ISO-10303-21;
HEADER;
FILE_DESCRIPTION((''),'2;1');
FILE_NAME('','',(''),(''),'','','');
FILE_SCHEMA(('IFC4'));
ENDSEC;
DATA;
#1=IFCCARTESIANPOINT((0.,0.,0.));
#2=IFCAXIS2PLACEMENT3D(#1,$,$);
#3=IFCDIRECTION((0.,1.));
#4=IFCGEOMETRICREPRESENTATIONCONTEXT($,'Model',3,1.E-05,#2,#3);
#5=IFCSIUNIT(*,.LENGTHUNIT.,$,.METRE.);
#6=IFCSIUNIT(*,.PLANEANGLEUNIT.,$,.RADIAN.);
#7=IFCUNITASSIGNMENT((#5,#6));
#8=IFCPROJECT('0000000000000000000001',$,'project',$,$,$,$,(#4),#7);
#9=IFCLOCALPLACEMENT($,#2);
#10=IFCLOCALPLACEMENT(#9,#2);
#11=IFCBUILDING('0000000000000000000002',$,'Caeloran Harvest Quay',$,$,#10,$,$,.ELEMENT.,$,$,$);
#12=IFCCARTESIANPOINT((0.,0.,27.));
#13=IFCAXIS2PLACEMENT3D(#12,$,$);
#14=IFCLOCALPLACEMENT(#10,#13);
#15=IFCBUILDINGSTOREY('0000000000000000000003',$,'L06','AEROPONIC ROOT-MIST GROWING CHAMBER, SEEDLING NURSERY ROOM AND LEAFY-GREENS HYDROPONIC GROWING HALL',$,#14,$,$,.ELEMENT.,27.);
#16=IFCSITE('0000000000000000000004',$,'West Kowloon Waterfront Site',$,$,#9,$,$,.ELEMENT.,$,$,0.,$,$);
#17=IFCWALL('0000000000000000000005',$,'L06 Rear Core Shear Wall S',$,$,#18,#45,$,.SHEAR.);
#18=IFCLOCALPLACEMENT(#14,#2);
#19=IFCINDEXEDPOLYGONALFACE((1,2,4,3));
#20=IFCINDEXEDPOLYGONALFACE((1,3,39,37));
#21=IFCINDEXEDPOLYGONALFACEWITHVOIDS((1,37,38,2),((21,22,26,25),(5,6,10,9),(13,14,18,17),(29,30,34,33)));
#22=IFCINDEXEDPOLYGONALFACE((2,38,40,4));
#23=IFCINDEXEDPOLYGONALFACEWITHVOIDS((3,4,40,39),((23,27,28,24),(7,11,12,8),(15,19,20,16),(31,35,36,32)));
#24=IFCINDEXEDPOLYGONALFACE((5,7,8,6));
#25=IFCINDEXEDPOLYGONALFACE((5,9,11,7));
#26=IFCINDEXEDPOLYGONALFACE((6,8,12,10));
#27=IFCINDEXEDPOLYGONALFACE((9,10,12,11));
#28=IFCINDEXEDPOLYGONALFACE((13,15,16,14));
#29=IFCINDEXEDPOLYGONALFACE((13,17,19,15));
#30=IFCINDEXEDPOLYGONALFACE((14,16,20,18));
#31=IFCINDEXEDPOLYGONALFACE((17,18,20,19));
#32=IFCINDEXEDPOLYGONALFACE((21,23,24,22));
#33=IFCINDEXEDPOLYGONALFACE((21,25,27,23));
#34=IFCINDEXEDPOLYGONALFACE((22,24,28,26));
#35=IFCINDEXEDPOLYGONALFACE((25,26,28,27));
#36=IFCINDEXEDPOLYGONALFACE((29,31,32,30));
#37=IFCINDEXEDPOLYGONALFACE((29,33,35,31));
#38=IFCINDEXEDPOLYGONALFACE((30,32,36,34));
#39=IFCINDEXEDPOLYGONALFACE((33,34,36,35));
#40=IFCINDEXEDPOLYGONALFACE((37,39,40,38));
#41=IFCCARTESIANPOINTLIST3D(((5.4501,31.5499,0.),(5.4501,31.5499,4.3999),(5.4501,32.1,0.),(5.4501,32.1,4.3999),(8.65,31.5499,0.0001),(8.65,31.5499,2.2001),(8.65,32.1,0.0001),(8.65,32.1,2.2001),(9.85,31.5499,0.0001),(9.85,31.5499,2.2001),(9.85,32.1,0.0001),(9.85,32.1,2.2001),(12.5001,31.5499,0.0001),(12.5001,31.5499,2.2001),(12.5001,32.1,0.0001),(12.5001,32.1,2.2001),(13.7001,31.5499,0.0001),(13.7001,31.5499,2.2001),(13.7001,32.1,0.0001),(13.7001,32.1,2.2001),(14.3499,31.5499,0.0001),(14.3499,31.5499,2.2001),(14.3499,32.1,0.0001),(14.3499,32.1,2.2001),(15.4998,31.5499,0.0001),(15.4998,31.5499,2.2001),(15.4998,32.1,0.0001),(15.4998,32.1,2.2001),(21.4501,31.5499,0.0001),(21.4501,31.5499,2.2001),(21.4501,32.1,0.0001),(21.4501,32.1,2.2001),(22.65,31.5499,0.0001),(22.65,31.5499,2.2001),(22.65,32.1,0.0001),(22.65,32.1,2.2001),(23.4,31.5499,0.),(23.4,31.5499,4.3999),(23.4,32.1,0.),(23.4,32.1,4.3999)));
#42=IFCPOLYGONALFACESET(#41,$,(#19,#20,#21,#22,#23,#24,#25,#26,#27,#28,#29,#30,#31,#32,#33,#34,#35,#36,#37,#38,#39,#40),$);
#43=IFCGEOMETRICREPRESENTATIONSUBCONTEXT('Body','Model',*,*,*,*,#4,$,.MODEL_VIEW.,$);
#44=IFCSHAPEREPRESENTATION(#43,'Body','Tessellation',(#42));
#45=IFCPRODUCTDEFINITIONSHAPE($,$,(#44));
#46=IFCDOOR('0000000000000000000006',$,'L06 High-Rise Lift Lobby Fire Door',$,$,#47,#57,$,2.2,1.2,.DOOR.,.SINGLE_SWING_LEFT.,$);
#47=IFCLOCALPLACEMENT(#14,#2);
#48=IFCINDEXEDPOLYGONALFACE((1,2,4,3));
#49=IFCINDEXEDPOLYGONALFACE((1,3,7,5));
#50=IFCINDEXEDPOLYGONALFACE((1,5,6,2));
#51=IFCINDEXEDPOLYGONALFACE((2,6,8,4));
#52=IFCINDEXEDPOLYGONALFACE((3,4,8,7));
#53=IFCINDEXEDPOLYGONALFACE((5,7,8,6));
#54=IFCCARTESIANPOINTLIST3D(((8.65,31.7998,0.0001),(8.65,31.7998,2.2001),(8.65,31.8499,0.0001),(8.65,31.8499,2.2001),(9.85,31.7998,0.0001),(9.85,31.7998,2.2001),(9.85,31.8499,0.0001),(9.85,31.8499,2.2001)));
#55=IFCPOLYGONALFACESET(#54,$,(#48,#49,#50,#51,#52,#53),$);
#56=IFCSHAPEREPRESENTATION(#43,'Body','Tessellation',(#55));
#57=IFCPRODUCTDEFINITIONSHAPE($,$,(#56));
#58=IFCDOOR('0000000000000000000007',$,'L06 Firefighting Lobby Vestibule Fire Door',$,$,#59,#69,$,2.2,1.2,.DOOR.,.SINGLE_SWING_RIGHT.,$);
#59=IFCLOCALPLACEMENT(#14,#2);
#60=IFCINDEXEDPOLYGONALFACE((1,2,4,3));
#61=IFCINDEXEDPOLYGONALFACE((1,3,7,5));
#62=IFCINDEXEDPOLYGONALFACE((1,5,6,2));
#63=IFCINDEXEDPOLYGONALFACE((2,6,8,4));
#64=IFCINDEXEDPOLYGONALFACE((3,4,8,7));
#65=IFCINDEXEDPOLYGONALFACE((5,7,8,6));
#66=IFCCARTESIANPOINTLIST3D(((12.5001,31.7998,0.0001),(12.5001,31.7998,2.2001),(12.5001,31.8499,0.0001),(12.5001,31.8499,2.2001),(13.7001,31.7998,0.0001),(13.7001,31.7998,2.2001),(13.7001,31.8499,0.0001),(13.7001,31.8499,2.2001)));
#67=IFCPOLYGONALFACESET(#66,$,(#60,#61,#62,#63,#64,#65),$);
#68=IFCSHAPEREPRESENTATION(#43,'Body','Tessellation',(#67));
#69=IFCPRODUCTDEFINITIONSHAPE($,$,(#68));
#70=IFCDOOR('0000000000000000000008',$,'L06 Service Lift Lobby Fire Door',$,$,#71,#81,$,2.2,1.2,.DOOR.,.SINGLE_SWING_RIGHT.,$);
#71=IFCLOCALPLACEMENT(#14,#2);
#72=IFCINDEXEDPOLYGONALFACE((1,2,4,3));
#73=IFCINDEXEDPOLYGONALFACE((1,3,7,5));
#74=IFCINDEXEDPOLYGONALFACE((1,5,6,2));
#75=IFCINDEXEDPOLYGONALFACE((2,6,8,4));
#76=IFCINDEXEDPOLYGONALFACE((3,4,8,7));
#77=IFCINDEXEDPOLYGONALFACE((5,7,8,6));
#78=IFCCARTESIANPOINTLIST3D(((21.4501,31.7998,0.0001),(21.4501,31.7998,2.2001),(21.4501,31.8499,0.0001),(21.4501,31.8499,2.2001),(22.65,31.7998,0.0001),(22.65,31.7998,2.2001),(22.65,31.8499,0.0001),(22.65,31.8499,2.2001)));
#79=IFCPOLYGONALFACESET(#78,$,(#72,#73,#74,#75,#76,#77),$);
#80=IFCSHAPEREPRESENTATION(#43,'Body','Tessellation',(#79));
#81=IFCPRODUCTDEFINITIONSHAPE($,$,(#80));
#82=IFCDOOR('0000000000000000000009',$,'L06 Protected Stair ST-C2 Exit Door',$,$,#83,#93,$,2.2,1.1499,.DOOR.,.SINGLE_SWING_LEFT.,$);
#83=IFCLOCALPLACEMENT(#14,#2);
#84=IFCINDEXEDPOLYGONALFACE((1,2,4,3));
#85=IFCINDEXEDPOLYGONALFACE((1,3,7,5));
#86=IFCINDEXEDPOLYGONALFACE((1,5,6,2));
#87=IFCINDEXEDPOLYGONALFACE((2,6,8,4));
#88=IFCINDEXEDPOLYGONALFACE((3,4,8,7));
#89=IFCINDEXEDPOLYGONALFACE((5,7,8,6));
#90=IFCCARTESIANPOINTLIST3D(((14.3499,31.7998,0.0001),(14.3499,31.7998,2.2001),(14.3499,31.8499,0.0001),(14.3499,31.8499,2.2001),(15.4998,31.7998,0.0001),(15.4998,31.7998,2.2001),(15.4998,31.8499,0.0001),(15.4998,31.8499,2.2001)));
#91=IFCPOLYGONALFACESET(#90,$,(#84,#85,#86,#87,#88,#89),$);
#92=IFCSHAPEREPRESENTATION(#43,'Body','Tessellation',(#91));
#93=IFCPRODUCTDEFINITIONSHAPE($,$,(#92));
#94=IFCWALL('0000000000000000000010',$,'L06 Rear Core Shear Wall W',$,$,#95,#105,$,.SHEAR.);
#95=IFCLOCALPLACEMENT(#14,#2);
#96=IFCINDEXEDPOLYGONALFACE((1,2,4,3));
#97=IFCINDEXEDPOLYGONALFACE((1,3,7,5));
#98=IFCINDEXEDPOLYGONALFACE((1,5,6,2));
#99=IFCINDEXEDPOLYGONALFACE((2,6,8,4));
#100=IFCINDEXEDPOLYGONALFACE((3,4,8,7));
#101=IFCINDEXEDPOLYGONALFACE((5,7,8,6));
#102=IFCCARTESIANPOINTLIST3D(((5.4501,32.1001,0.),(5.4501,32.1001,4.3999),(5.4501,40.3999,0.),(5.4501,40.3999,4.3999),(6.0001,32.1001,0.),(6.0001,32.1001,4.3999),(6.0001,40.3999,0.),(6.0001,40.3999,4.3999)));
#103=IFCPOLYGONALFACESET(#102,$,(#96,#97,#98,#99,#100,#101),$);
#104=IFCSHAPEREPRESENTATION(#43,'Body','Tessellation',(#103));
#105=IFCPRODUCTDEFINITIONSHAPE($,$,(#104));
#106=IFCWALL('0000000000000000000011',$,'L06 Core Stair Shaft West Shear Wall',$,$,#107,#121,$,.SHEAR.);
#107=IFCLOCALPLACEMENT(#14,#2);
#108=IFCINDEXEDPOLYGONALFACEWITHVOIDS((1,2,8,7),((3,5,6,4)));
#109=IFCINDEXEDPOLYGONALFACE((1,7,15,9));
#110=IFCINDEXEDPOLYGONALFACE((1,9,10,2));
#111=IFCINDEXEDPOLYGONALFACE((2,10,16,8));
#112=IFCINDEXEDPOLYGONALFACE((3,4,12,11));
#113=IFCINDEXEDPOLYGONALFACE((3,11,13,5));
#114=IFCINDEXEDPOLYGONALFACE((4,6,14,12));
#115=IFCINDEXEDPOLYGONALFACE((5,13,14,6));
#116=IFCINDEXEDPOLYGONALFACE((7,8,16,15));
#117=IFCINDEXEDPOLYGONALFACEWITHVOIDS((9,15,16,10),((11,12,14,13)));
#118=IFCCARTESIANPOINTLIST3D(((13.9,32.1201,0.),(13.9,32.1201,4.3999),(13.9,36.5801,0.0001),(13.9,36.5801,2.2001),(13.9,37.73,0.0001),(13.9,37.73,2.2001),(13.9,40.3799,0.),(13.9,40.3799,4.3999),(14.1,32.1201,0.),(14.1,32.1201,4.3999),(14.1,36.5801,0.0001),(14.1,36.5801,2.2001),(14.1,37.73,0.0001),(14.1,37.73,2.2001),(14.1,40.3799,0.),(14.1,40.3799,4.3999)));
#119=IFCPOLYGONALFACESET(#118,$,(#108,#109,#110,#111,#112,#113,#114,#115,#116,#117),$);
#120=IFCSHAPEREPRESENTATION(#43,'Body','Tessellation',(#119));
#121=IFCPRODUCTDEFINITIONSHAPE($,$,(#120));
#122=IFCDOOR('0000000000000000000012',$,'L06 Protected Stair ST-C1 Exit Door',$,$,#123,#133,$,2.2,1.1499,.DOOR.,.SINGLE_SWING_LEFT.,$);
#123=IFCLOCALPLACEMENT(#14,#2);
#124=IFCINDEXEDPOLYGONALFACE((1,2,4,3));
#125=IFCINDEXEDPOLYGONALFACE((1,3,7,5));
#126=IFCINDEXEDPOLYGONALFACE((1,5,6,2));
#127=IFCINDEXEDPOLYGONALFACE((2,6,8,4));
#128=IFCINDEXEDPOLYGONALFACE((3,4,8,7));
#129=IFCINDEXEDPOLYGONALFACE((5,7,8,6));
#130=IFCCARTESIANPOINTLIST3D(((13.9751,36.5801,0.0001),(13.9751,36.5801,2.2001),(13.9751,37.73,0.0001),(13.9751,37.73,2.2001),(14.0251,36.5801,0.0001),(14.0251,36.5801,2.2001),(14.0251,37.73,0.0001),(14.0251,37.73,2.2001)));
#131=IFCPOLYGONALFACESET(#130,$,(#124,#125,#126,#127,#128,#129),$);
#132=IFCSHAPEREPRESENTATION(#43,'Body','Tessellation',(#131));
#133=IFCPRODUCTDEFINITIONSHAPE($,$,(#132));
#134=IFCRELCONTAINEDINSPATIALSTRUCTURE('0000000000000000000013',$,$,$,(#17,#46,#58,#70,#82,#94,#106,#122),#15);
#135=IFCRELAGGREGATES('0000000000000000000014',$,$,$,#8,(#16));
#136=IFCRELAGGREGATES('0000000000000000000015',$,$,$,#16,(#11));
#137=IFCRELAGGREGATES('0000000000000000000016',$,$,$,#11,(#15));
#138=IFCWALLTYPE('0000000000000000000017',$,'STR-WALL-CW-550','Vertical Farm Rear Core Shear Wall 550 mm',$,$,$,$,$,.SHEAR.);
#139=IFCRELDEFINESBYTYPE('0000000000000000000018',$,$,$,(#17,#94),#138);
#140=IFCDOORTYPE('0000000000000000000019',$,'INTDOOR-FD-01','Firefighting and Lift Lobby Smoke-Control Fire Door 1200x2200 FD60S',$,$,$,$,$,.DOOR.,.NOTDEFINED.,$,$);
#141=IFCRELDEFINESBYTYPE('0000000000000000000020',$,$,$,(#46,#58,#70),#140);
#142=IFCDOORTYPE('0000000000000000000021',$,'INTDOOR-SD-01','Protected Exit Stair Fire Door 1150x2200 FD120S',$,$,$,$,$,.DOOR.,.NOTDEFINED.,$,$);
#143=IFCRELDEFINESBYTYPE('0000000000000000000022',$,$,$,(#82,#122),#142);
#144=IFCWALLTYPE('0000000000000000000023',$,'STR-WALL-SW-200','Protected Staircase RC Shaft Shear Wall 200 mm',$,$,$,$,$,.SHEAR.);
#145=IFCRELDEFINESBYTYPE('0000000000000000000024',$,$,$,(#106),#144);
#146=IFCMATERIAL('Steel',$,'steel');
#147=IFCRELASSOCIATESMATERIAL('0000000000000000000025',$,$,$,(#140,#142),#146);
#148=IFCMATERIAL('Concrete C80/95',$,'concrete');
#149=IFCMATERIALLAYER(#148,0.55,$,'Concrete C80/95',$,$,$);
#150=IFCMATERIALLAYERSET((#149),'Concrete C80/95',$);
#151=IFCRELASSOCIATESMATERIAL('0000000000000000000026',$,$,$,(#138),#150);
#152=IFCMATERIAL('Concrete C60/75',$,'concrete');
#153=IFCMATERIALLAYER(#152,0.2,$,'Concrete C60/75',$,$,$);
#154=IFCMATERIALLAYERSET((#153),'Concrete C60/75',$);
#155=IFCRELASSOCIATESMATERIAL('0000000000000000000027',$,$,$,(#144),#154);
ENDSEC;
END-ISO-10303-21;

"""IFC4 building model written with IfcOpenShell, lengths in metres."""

from ifc_helpers import new_model, si_unit, direction, frame, frame_2d, origin, place, context, subcontext, project, spatial, rectangle, extrude, material, layer, layer_set, type_object, element, fill, save


model = new_model("IFC4")

# Units and contexts
model_context = context("Model", 3, precision=1e-05, world=origin(), true_north=direction((0.0, 1.0)))
body_context = subcontext(model_context, "Body", "Model", "MODEL_VIEW")
ifc_project = project(units=[si_unit("LENGTHUNIT", "METRE"), si_unit("PLANEANGLEUNIT", "RADIAN")], contexts=[model_context])

# Site, building, storey
site_placement = place(None, origin())
site = spatial("IfcSite", under=ifc_project, at=site_placement, Name="West Kowloon Waterfront Site", CompositionType="ELEMENT", RefElevation=0.0)
building_placement = place(site_placement, origin())
building = spatial("IfcBuilding", under=site, at=building_placement, Name="Caeloran Harvest Quay", CompositionType="ELEMENT")
storey_placement = place(building_placement, frame((0.0, 0.0, 27.0)))
storey = spatial("IfcBuildingStorey", under=building, at=storey_placement, Name="L06", Description="AEROPONIC ROOT-MIST GROWING CHAMBER, SEEDLING NURSERY ROOM AND LEAFY-GREENS HYDROPONIC GROWING HALL", CompositionType="ELEMENT", Elevation=27.0)

# Shared definitions
ifc_material_1 = material(Name="Concrete C80/95", Category="concrete")

# Shared definitions
ifc_material_2 = material(Name="Steel", Category="steel")
door_type_1 = type_object("IfcDoorType", Name="INTDOOR-FD-01", Description="Firefighting and Lift Lobby Smoke-Control Fire Door 1200x2200 FD60S", OperationType="NOTDEFINED", PredefinedType="DOOR", material=ifc_material_2)

# Wall, openings, doors
ifc_layer_1 = layer(ifc_material_1, 0.55, Name="Concrete C80/95")
ifc_layer_set_1 = layer_set([ifc_layer_1], Name="Concrete C80/95")
wall_type_1 = type_object("IfcWallType", Name="STR-WALL-CW-550", Description="Vertical Farm Rear Core Shear Wall 550 mm", PredefinedType="SHEAR", material=ifc_layer_set_1)
wall_1_placement = place(storey_placement, frame((5.45, 31.825, 0.0), z_axis=(0.0, 0.0, 1.0), x_axis=(1.0, 0.0, 0.0)))
wall_1 = element("IfcWall", 1, at=wall_1_placement, inside=storey, type_object=wall_type_1, Name="L06 Rear Core Shear Wall S", PredefinedType="SHEAR", context=body_context, shape_type="SweptSolid", body=[
    extrude(rectangle(XDim=17.95, YDim=0.55, at=frame_2d((8.9751, 0.0))), origin(), (0.0, 0.0, 1.0), 4.3999),
])
opening_1_placement = place(wall_1_placement, frame((3.2, 0.0, 0.0)))
opening_1 = element("IfcOpeningElement", 2, at=opening_1_placement, cuts=wall_1, PredefinedType="OPENING", context=body_context, shape_type="SweptSolid", body=[
    extrude(rectangle(XDim=1.2, YDim=2.2, at=frame_2d((0.6001, 1.1001))), frame((0.0, 0.2852, 0.0), z_axis=(0.0, -1.0, 0.0), x_axis=(1.0, 0.0, 0.0)), (0.0, 0.0, 1.0), 0.5701),
])
opening_2_placement = place(wall_1_placement, frame((7.05, 0.0, 0.0)))
opening_2 = element("IfcOpeningElement", 3, at=opening_2_placement, cuts=wall_1, PredefinedType="OPENING", context=body_context, shape_type="SweptSolid", body=[
    extrude(rectangle(XDim=1.2, YDim=2.2, at=frame_2d((0.6001, 1.1001))), frame((0.0, 0.2852, 0.0), z_axis=(0.0, -1.0, 0.0), x_axis=(1.0, 0.0, 0.0)), (0.0, 0.0, 1.0), 0.5701),
])
opening_3_placement = place(wall_1_placement, frame((8.8999, 0.0, 0.0)))
opening_3 = element("IfcOpeningElement", 4, at=opening_3_placement, cuts=wall_1, PredefinedType="OPENING", context=body_context, shape_type="SweptSolid", body=[
    extrude(rectangle(XDim=1.1499, YDim=2.2, at=frame_2d((0.575, 1.1001))), frame((0.0, 0.2852, 0.0), z_axis=(0.0, -1.0, 0.0), x_axis=(1.0, 0.0, 0.0)), (0.0, 0.0, 1.0), 0.5701),
])
opening_4_placement = place(wall_1_placement, frame((16.0, 0.0, 0.0)))
opening_4 = element("IfcOpeningElement", 5, at=opening_4_placement, cuts=wall_1, PredefinedType="OPENING", context=body_context, shape_type="SweptSolid", body=[
    extrude(rectangle(XDim=1.2, YDim=2.2, at=frame_2d((0.6001, 1.1001))), frame((0.0, 0.2852, 0.0), z_axis=(0.0, -1.0, 0.0), x_axis=(1.0, 0.0, 0.0)), (0.0, 0.0, 1.0), 0.5701),
])
door_1_placement = place(opening_1_placement, origin())
door_1 = element("IfcDoor", 6, at=door_1_placement, inside=storey, type_object=door_type_1, Name="L06 High-Rise Lift Lobby Fire Door", OperationType="SINGLE_SWING_LEFT", OverallHeight=2.2, OverallWidth=1.2, PredefinedType="DOOR", context=body_context, shape_type="SweptSolid", body=[
    extrude(rectangle(XDim=1.2, YDim=2.2, at=frame_2d((0.6001, 1.1001))), frame((0.0, 0.0249, 0.0), z_axis=(0.0, -1.0, 0.0), x_axis=(1.0, 0.0, 0.0)), (0.0, 0.0, 1.0), 0.05),
])
fill(opening_1, door_1)
door_2_placement = place(opening_2_placement, origin())
door_2 = element("IfcDoor", 7, at=door_2_placement, inside=storey, type_object=door_type_1, Name="L06 Firefighting Lobby Vestibule Fire Door", OperationType="SINGLE_SWING_RIGHT", OverallHeight=2.2, OverallWidth=1.2, PredefinedType="DOOR", context=body_context, shape_type="SweptSolid", body=[
    extrude(rectangle(XDim=1.2, YDim=2.2, at=frame_2d((0.6001, 1.1001))), frame((0.0, 0.0249, 0.0), z_axis=(0.0, -1.0, 0.0), x_axis=(1.0, 0.0, 0.0)), (0.0, 0.0, 1.0), 0.05),
])
fill(opening_2, door_2)
door_3_placement = place(opening_4_placement, origin())
door_3 = element("IfcDoor", 8, at=door_3_placement, inside=storey, type_object=door_type_1, Name="L06 Service Lift Lobby Fire Door", OperationType="SINGLE_SWING_RIGHT", OverallHeight=2.2, OverallWidth=1.2, PredefinedType="DOOR", context=body_context, shape_type="SweptSolid", body=[
    extrude(rectangle(XDim=1.2, YDim=2.2, at=frame_2d((0.6001, 1.1001))), frame((0.0, 0.0249, 0.0), z_axis=(0.0, -1.0, 0.0), x_axis=(1.0, 0.0, 0.0)), (0.0, 0.0, 1.0), 0.05),
])
fill(opening_4, door_3)
door_type_2 = type_object("IfcDoorType", Name="INTDOOR-SD-01", Description="Protected Exit Stair Fire Door 1150x2200 FD120S", OperationType="NOTDEFINED", PredefinedType="DOOR", material=ifc_material_2)
door_4_placement = place(opening_3_placement, origin())
door_4 = element("IfcDoor", 9, at=door_4_placement, inside=storey, type_object=door_type_2, Name="L06 Protected Stair ST-C2 Exit Door", OperationType="SINGLE_SWING_LEFT", OverallHeight=2.2, OverallWidth=1.1499, PredefinedType="DOOR", context=body_context, shape_type="SweptSolid", body=[
    extrude(rectangle(XDim=1.1499, YDim=2.2, at=frame_2d((0.575, 1.1001))), frame((0.0, 0.0249, 0.0), z_axis=(0.0, -1.0, 0.0), x_axis=(1.0, 0.0, 0.0)), (0.0, 0.0, 1.0), 0.05),
])
fill(opening_3, door_4)

# Wall
wall_2_placement = place(storey_placement, frame((5.7251, 32.1001, 0.0), z_axis=(0.0, 0.0, 1.0), x_axis=(0.0, 1.0, 0.0)))
element("IfcWall", 10, at=wall_2_placement, inside=storey, type_object=wall_type_1, Name="L06 Rear Core Shear Wall W", PredefinedType="SHEAR", context=body_context, shape_type="SweptSolid", body=[
    extrude(rectangle(XDim=8.2998, YDim=0.55, at=frame_2d((4.1499, 0.0))), origin(), (0.0, 0.0, 1.0), 4.3999),
])

# Wall, opening, door
ifc_material_3 = material(Name="Concrete C60/75", Category="concrete")
ifc_layer_2 = layer(ifc_material_3, 0.2, Name="Concrete C60/75")
ifc_layer_set_2 = layer_set([ifc_layer_2], Name="Concrete C60/75")
wall_type_2 = type_object("IfcWallType", Name="STR-WALL-SW-200", Description="Protected Staircase RC Shaft Shear Wall 200 mm", PredefinedType="SHEAR", material=ifc_layer_set_2)
wall_3_placement = place(storey_placement, frame((14.0, 32.1201, 0.0), z_axis=(0.0, 0.0, 1.0), x_axis=(0.0, 1.0, 0.0)))
wall_3 = element("IfcWall", 11, at=wall_3_placement, inside=storey, type_object=wall_type_2, Name="L06 Core Stair Shaft West Shear Wall", PredefinedType="SHEAR", context=body_context, shape_type="SweptSolid", body=[
    extrude(rectangle(XDim=8.2598, YDim=0.2, at=frame_2d((4.1299, 0.0))), origin(), (0.0, 0.0, 1.0), 4.3999),
])
opening_5_placement = place(wall_3_placement, frame((4.46, 0.0, 0.0)))
opening_5 = element("IfcOpeningElement", 12, at=opening_5_placement, cuts=wall_3, PredefinedType="OPENING", context=body_context, shape_type="SweptSolid", body=[
    extrude(rectangle(XDim=1.1499, YDim=2.2, at=frame_2d((0.575, 1.1001))), frame((0.0, 0.1099, 0.0), z_axis=(0.0, -1.0, 0.0), x_axis=(1.0, 0.0, 0.0)), (0.0, 0.0, 1.0), 0.22),
])
door_5_placement = place(opening_5_placement, origin())
door_5 = element("IfcDoor", 13, at=door_5_placement, inside=storey, type_object=door_type_2, Name="L06 Protected Stair ST-C1 Exit Door", OperationType="SINGLE_SWING_LEFT", OverallHeight=2.2, OverallWidth=1.1499, PredefinedType="DOOR", context=body_context, shape_type="SweptSolid", body=[
    extrude(rectangle(XDim=1.1499, YDim=2.2, at=frame_2d((0.575, 1.1001))), frame((0.0, 0.0249, 0.0), z_axis=(0.0, -1.0, 0.0), x_axis=(1.0, 0.0, 0.0)), (0.0, 0.0, 1.0), 0.05),
])
fill(opening_5, door_5)

save(model, "model.ifc")
